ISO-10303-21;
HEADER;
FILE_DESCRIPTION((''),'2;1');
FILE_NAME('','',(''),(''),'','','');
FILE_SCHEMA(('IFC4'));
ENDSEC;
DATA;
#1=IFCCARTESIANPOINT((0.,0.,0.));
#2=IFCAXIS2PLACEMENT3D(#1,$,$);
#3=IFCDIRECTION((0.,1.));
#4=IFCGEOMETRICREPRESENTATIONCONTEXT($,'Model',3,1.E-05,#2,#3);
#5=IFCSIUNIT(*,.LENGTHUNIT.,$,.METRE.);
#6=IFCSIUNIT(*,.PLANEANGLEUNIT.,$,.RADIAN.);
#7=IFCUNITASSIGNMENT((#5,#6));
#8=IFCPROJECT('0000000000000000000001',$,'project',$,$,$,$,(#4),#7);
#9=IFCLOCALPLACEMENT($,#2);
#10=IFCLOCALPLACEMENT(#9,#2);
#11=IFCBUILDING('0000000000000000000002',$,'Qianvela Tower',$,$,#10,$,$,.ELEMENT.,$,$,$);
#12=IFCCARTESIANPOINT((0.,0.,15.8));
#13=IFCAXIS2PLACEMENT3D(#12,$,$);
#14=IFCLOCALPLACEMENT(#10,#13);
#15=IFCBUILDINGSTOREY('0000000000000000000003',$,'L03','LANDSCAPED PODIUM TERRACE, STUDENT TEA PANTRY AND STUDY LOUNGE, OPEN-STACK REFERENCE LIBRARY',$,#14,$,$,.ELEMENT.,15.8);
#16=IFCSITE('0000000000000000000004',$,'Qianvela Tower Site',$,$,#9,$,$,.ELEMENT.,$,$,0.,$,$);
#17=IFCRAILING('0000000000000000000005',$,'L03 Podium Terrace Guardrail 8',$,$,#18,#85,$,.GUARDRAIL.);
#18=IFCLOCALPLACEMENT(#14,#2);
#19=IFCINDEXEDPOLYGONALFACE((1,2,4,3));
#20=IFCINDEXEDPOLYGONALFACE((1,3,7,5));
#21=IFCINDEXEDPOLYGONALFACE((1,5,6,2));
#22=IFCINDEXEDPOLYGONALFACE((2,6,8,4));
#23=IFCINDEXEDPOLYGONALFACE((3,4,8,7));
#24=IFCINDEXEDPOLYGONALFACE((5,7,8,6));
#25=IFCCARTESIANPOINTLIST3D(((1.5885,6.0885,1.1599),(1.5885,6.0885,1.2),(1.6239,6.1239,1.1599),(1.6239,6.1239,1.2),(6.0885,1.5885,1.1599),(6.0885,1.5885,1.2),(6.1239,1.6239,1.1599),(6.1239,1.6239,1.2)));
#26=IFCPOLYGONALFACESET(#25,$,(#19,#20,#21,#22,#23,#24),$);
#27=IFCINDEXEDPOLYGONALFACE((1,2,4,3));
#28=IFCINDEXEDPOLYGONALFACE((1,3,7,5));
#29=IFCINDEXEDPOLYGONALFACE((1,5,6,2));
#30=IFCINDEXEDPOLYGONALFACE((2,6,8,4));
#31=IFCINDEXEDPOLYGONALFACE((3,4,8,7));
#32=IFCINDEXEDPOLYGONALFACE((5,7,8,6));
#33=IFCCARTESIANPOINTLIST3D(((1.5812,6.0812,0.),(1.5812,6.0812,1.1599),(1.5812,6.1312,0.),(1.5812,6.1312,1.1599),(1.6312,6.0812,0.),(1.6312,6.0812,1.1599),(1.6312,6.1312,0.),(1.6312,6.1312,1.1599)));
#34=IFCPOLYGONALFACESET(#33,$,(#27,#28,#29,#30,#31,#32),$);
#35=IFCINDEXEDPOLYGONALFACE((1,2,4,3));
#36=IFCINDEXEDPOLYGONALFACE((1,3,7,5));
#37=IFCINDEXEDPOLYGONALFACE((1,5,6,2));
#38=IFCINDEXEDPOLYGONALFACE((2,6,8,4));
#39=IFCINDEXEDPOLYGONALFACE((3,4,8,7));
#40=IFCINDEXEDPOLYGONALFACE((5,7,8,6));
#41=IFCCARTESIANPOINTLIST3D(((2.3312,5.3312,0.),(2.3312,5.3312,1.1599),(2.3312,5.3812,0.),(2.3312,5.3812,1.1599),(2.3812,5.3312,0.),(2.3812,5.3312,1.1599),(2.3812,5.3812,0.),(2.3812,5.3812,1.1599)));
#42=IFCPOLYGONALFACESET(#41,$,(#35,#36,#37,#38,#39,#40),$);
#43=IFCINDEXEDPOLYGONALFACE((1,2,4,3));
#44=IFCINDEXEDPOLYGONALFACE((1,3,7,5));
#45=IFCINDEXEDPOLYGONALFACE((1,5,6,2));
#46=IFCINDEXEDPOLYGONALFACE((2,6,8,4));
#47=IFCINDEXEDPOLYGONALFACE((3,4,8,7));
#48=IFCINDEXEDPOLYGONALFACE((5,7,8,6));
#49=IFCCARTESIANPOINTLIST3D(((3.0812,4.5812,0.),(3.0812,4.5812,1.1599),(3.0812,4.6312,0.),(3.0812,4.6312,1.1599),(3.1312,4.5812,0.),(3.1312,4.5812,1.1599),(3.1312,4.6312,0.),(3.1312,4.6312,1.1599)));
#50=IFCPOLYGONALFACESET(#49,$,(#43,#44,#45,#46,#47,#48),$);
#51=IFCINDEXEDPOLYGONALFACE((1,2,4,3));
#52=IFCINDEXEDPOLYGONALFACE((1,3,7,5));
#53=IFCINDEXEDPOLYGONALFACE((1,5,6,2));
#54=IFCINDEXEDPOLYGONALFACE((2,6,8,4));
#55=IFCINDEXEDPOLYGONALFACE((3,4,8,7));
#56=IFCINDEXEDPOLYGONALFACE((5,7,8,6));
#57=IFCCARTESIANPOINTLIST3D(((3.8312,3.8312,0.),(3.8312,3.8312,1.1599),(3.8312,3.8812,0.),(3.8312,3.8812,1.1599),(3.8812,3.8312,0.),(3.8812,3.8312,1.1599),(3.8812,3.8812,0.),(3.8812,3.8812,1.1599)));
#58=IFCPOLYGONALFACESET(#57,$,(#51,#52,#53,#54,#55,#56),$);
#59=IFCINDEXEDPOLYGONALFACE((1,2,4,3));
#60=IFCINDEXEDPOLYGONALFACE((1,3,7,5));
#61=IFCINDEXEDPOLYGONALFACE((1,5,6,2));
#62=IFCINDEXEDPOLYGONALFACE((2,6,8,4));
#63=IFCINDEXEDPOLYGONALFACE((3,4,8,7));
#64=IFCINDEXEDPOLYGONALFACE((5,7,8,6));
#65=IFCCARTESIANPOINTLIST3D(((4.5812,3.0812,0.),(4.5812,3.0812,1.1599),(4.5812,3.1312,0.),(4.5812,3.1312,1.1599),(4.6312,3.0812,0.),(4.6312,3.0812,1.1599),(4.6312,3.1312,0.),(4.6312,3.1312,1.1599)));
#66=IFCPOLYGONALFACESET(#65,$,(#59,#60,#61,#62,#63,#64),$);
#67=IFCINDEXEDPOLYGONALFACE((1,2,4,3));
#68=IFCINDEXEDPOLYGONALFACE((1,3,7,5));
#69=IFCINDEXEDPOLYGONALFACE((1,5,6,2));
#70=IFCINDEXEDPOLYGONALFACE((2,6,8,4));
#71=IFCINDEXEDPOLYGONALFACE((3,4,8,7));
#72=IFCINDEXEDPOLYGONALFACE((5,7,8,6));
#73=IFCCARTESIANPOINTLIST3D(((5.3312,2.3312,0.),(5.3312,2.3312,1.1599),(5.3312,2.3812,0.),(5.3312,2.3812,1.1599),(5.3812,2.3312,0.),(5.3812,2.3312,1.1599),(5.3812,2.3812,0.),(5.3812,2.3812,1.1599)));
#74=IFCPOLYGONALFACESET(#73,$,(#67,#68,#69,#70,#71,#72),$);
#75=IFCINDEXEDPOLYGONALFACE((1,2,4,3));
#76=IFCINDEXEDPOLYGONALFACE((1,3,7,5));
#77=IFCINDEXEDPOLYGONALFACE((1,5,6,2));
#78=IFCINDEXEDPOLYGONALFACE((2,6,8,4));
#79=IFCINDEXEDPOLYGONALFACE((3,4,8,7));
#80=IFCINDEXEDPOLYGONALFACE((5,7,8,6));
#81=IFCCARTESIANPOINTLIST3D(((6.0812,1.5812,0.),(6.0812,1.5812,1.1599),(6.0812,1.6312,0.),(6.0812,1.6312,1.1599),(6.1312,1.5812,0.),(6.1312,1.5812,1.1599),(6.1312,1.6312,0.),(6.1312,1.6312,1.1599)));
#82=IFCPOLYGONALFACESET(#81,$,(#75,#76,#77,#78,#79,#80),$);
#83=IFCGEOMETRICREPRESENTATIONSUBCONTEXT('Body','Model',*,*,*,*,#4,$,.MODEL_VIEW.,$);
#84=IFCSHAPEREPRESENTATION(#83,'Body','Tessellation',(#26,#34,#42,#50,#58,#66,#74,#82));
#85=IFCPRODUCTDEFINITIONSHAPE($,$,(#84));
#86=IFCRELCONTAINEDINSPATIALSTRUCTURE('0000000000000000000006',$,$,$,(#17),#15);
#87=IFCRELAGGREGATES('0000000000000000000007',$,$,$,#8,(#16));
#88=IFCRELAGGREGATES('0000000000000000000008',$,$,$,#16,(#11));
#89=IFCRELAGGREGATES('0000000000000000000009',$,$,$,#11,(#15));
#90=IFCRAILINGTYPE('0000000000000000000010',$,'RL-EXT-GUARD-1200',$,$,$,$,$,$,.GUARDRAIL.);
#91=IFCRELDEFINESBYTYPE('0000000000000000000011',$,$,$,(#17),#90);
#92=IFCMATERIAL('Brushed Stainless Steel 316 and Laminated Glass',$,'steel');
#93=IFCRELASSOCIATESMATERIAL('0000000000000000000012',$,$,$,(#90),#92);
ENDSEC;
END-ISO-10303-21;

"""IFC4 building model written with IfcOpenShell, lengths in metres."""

from ifc_helpers import new_model, si_unit, direction, frame, origin, origin_2d, place, context, subcontext, project, spatial, rectangle, extrude, material, type_object, element, save


model = new_model("IFC4")

# Units and contexts
model_context = context("Model", 3, precision=1e-05, world=origin(), true_north=direction((0.0, 1.0)))
body_context = subcontext(model_context, "Body", "Model", "MODEL_VIEW")
ifc_project = project(units=[si_unit("LENGTHUNIT", "METRE"), si_unit("PLANEANGLEUNIT", "RADIAN")], contexts=[model_context])

# Site, building, storey
site_placement = place(None, origin())
site = spatial("IfcSite", under=ifc_project, at=site_placement, Name="Qianvela Tower Site", CompositionType="ELEMENT", RefElevation=0.0)
building_placement = place(site_placement, origin())
building = spatial("IfcBuilding", under=site, at=building_placement, Name="Qianvela Tower", CompositionType="ELEMENT")
storey_placement = place(building_placement, frame((0.0, 0.0, 15.8)))
storey = spatial("IfcBuildingStorey", under=building, at=storey_placement, Name="L03", Description="LANDSCAPED PODIUM TERRACE, STUDENT TEA PANTRY AND STUDY LOUNGE, OPEN-STACK REFERENCE LIBRARY", CompositionType="ELEMENT", Elevation=15.8)

# Railing
ifc_material_1 = material(Name="Brushed Stainless Steel 316 and Laminated Glass", Category="steel")
railing_type = type_object("IfcRailingType", Name="RL-EXT-GUARD-1200", PredefinedType="GUARDRAIL", material=ifc_material_1)
railing_1_placement = place(storey_placement, frame((1.6062, 6.1062, 0.0)))
element("IfcRailing", 1, at=railing_1_placement, inside=storey, type_object=railing_type, Name="L03 Podium Terrace Guardrail 8", PredefinedType="GUARDRAIL", context=body_context, shape_type="SweptSolid", body=[
    extrude(rectangle(XDim=0.05, YDim=0.04, at=origin_2d()), frame((0.0, 0.0, 1.1799), z_axis=(0.707107, -0.707107, 0.0), x_axis=(0.707107, 0.707107, 0.0)), (0.0, 0.0, 1.0), 6.364),
    extrude(rectangle(XDim=0.05, YDim=0.05, at=origin_2d()), origin(), (0.0, 0.0, 1.0), 1.1599),
    extrude(rectangle(XDim=0.05, YDim=0.05, at=origin_2d()), frame((0.75, -0.75, 0.0)), (0.0, 0.0, 1.0), 1.1599),
    extrude(rectangle(XDim=0.05, YDim=0.05, at=origin_2d()), frame((1.5, -1.5, 0.0)), (0.0, 0.0, 1.0), 1.1599),
    extrude(rectangle(XDim=0.05, YDim=0.05, at=origin_2d()), frame((2.25, -2.25, 0.0)), (0.0, 0.0, 1.0), 1.1599),
    extrude(rectangle(XDim=0.05, YDim=0.05, at=origin_2d()), frame((3.0, -3.0, 0.0)), (0.0, 0.0, 1.0), 1.1599),
    extrude(rectangle(XDim=0.05, YDim=0.05, at=origin_2d()), frame((3.75, -3.75, 0.0)), (0.0, 0.0, 1.0), 1.1599),
    extrude(rectangle(XDim=0.05, YDim=0.05, at=origin_2d()), frame((4.5, -4.5, 0.0)), (0.0, 0.0, 1.0), 1.1599),
])

save(model, "model.ifc")
